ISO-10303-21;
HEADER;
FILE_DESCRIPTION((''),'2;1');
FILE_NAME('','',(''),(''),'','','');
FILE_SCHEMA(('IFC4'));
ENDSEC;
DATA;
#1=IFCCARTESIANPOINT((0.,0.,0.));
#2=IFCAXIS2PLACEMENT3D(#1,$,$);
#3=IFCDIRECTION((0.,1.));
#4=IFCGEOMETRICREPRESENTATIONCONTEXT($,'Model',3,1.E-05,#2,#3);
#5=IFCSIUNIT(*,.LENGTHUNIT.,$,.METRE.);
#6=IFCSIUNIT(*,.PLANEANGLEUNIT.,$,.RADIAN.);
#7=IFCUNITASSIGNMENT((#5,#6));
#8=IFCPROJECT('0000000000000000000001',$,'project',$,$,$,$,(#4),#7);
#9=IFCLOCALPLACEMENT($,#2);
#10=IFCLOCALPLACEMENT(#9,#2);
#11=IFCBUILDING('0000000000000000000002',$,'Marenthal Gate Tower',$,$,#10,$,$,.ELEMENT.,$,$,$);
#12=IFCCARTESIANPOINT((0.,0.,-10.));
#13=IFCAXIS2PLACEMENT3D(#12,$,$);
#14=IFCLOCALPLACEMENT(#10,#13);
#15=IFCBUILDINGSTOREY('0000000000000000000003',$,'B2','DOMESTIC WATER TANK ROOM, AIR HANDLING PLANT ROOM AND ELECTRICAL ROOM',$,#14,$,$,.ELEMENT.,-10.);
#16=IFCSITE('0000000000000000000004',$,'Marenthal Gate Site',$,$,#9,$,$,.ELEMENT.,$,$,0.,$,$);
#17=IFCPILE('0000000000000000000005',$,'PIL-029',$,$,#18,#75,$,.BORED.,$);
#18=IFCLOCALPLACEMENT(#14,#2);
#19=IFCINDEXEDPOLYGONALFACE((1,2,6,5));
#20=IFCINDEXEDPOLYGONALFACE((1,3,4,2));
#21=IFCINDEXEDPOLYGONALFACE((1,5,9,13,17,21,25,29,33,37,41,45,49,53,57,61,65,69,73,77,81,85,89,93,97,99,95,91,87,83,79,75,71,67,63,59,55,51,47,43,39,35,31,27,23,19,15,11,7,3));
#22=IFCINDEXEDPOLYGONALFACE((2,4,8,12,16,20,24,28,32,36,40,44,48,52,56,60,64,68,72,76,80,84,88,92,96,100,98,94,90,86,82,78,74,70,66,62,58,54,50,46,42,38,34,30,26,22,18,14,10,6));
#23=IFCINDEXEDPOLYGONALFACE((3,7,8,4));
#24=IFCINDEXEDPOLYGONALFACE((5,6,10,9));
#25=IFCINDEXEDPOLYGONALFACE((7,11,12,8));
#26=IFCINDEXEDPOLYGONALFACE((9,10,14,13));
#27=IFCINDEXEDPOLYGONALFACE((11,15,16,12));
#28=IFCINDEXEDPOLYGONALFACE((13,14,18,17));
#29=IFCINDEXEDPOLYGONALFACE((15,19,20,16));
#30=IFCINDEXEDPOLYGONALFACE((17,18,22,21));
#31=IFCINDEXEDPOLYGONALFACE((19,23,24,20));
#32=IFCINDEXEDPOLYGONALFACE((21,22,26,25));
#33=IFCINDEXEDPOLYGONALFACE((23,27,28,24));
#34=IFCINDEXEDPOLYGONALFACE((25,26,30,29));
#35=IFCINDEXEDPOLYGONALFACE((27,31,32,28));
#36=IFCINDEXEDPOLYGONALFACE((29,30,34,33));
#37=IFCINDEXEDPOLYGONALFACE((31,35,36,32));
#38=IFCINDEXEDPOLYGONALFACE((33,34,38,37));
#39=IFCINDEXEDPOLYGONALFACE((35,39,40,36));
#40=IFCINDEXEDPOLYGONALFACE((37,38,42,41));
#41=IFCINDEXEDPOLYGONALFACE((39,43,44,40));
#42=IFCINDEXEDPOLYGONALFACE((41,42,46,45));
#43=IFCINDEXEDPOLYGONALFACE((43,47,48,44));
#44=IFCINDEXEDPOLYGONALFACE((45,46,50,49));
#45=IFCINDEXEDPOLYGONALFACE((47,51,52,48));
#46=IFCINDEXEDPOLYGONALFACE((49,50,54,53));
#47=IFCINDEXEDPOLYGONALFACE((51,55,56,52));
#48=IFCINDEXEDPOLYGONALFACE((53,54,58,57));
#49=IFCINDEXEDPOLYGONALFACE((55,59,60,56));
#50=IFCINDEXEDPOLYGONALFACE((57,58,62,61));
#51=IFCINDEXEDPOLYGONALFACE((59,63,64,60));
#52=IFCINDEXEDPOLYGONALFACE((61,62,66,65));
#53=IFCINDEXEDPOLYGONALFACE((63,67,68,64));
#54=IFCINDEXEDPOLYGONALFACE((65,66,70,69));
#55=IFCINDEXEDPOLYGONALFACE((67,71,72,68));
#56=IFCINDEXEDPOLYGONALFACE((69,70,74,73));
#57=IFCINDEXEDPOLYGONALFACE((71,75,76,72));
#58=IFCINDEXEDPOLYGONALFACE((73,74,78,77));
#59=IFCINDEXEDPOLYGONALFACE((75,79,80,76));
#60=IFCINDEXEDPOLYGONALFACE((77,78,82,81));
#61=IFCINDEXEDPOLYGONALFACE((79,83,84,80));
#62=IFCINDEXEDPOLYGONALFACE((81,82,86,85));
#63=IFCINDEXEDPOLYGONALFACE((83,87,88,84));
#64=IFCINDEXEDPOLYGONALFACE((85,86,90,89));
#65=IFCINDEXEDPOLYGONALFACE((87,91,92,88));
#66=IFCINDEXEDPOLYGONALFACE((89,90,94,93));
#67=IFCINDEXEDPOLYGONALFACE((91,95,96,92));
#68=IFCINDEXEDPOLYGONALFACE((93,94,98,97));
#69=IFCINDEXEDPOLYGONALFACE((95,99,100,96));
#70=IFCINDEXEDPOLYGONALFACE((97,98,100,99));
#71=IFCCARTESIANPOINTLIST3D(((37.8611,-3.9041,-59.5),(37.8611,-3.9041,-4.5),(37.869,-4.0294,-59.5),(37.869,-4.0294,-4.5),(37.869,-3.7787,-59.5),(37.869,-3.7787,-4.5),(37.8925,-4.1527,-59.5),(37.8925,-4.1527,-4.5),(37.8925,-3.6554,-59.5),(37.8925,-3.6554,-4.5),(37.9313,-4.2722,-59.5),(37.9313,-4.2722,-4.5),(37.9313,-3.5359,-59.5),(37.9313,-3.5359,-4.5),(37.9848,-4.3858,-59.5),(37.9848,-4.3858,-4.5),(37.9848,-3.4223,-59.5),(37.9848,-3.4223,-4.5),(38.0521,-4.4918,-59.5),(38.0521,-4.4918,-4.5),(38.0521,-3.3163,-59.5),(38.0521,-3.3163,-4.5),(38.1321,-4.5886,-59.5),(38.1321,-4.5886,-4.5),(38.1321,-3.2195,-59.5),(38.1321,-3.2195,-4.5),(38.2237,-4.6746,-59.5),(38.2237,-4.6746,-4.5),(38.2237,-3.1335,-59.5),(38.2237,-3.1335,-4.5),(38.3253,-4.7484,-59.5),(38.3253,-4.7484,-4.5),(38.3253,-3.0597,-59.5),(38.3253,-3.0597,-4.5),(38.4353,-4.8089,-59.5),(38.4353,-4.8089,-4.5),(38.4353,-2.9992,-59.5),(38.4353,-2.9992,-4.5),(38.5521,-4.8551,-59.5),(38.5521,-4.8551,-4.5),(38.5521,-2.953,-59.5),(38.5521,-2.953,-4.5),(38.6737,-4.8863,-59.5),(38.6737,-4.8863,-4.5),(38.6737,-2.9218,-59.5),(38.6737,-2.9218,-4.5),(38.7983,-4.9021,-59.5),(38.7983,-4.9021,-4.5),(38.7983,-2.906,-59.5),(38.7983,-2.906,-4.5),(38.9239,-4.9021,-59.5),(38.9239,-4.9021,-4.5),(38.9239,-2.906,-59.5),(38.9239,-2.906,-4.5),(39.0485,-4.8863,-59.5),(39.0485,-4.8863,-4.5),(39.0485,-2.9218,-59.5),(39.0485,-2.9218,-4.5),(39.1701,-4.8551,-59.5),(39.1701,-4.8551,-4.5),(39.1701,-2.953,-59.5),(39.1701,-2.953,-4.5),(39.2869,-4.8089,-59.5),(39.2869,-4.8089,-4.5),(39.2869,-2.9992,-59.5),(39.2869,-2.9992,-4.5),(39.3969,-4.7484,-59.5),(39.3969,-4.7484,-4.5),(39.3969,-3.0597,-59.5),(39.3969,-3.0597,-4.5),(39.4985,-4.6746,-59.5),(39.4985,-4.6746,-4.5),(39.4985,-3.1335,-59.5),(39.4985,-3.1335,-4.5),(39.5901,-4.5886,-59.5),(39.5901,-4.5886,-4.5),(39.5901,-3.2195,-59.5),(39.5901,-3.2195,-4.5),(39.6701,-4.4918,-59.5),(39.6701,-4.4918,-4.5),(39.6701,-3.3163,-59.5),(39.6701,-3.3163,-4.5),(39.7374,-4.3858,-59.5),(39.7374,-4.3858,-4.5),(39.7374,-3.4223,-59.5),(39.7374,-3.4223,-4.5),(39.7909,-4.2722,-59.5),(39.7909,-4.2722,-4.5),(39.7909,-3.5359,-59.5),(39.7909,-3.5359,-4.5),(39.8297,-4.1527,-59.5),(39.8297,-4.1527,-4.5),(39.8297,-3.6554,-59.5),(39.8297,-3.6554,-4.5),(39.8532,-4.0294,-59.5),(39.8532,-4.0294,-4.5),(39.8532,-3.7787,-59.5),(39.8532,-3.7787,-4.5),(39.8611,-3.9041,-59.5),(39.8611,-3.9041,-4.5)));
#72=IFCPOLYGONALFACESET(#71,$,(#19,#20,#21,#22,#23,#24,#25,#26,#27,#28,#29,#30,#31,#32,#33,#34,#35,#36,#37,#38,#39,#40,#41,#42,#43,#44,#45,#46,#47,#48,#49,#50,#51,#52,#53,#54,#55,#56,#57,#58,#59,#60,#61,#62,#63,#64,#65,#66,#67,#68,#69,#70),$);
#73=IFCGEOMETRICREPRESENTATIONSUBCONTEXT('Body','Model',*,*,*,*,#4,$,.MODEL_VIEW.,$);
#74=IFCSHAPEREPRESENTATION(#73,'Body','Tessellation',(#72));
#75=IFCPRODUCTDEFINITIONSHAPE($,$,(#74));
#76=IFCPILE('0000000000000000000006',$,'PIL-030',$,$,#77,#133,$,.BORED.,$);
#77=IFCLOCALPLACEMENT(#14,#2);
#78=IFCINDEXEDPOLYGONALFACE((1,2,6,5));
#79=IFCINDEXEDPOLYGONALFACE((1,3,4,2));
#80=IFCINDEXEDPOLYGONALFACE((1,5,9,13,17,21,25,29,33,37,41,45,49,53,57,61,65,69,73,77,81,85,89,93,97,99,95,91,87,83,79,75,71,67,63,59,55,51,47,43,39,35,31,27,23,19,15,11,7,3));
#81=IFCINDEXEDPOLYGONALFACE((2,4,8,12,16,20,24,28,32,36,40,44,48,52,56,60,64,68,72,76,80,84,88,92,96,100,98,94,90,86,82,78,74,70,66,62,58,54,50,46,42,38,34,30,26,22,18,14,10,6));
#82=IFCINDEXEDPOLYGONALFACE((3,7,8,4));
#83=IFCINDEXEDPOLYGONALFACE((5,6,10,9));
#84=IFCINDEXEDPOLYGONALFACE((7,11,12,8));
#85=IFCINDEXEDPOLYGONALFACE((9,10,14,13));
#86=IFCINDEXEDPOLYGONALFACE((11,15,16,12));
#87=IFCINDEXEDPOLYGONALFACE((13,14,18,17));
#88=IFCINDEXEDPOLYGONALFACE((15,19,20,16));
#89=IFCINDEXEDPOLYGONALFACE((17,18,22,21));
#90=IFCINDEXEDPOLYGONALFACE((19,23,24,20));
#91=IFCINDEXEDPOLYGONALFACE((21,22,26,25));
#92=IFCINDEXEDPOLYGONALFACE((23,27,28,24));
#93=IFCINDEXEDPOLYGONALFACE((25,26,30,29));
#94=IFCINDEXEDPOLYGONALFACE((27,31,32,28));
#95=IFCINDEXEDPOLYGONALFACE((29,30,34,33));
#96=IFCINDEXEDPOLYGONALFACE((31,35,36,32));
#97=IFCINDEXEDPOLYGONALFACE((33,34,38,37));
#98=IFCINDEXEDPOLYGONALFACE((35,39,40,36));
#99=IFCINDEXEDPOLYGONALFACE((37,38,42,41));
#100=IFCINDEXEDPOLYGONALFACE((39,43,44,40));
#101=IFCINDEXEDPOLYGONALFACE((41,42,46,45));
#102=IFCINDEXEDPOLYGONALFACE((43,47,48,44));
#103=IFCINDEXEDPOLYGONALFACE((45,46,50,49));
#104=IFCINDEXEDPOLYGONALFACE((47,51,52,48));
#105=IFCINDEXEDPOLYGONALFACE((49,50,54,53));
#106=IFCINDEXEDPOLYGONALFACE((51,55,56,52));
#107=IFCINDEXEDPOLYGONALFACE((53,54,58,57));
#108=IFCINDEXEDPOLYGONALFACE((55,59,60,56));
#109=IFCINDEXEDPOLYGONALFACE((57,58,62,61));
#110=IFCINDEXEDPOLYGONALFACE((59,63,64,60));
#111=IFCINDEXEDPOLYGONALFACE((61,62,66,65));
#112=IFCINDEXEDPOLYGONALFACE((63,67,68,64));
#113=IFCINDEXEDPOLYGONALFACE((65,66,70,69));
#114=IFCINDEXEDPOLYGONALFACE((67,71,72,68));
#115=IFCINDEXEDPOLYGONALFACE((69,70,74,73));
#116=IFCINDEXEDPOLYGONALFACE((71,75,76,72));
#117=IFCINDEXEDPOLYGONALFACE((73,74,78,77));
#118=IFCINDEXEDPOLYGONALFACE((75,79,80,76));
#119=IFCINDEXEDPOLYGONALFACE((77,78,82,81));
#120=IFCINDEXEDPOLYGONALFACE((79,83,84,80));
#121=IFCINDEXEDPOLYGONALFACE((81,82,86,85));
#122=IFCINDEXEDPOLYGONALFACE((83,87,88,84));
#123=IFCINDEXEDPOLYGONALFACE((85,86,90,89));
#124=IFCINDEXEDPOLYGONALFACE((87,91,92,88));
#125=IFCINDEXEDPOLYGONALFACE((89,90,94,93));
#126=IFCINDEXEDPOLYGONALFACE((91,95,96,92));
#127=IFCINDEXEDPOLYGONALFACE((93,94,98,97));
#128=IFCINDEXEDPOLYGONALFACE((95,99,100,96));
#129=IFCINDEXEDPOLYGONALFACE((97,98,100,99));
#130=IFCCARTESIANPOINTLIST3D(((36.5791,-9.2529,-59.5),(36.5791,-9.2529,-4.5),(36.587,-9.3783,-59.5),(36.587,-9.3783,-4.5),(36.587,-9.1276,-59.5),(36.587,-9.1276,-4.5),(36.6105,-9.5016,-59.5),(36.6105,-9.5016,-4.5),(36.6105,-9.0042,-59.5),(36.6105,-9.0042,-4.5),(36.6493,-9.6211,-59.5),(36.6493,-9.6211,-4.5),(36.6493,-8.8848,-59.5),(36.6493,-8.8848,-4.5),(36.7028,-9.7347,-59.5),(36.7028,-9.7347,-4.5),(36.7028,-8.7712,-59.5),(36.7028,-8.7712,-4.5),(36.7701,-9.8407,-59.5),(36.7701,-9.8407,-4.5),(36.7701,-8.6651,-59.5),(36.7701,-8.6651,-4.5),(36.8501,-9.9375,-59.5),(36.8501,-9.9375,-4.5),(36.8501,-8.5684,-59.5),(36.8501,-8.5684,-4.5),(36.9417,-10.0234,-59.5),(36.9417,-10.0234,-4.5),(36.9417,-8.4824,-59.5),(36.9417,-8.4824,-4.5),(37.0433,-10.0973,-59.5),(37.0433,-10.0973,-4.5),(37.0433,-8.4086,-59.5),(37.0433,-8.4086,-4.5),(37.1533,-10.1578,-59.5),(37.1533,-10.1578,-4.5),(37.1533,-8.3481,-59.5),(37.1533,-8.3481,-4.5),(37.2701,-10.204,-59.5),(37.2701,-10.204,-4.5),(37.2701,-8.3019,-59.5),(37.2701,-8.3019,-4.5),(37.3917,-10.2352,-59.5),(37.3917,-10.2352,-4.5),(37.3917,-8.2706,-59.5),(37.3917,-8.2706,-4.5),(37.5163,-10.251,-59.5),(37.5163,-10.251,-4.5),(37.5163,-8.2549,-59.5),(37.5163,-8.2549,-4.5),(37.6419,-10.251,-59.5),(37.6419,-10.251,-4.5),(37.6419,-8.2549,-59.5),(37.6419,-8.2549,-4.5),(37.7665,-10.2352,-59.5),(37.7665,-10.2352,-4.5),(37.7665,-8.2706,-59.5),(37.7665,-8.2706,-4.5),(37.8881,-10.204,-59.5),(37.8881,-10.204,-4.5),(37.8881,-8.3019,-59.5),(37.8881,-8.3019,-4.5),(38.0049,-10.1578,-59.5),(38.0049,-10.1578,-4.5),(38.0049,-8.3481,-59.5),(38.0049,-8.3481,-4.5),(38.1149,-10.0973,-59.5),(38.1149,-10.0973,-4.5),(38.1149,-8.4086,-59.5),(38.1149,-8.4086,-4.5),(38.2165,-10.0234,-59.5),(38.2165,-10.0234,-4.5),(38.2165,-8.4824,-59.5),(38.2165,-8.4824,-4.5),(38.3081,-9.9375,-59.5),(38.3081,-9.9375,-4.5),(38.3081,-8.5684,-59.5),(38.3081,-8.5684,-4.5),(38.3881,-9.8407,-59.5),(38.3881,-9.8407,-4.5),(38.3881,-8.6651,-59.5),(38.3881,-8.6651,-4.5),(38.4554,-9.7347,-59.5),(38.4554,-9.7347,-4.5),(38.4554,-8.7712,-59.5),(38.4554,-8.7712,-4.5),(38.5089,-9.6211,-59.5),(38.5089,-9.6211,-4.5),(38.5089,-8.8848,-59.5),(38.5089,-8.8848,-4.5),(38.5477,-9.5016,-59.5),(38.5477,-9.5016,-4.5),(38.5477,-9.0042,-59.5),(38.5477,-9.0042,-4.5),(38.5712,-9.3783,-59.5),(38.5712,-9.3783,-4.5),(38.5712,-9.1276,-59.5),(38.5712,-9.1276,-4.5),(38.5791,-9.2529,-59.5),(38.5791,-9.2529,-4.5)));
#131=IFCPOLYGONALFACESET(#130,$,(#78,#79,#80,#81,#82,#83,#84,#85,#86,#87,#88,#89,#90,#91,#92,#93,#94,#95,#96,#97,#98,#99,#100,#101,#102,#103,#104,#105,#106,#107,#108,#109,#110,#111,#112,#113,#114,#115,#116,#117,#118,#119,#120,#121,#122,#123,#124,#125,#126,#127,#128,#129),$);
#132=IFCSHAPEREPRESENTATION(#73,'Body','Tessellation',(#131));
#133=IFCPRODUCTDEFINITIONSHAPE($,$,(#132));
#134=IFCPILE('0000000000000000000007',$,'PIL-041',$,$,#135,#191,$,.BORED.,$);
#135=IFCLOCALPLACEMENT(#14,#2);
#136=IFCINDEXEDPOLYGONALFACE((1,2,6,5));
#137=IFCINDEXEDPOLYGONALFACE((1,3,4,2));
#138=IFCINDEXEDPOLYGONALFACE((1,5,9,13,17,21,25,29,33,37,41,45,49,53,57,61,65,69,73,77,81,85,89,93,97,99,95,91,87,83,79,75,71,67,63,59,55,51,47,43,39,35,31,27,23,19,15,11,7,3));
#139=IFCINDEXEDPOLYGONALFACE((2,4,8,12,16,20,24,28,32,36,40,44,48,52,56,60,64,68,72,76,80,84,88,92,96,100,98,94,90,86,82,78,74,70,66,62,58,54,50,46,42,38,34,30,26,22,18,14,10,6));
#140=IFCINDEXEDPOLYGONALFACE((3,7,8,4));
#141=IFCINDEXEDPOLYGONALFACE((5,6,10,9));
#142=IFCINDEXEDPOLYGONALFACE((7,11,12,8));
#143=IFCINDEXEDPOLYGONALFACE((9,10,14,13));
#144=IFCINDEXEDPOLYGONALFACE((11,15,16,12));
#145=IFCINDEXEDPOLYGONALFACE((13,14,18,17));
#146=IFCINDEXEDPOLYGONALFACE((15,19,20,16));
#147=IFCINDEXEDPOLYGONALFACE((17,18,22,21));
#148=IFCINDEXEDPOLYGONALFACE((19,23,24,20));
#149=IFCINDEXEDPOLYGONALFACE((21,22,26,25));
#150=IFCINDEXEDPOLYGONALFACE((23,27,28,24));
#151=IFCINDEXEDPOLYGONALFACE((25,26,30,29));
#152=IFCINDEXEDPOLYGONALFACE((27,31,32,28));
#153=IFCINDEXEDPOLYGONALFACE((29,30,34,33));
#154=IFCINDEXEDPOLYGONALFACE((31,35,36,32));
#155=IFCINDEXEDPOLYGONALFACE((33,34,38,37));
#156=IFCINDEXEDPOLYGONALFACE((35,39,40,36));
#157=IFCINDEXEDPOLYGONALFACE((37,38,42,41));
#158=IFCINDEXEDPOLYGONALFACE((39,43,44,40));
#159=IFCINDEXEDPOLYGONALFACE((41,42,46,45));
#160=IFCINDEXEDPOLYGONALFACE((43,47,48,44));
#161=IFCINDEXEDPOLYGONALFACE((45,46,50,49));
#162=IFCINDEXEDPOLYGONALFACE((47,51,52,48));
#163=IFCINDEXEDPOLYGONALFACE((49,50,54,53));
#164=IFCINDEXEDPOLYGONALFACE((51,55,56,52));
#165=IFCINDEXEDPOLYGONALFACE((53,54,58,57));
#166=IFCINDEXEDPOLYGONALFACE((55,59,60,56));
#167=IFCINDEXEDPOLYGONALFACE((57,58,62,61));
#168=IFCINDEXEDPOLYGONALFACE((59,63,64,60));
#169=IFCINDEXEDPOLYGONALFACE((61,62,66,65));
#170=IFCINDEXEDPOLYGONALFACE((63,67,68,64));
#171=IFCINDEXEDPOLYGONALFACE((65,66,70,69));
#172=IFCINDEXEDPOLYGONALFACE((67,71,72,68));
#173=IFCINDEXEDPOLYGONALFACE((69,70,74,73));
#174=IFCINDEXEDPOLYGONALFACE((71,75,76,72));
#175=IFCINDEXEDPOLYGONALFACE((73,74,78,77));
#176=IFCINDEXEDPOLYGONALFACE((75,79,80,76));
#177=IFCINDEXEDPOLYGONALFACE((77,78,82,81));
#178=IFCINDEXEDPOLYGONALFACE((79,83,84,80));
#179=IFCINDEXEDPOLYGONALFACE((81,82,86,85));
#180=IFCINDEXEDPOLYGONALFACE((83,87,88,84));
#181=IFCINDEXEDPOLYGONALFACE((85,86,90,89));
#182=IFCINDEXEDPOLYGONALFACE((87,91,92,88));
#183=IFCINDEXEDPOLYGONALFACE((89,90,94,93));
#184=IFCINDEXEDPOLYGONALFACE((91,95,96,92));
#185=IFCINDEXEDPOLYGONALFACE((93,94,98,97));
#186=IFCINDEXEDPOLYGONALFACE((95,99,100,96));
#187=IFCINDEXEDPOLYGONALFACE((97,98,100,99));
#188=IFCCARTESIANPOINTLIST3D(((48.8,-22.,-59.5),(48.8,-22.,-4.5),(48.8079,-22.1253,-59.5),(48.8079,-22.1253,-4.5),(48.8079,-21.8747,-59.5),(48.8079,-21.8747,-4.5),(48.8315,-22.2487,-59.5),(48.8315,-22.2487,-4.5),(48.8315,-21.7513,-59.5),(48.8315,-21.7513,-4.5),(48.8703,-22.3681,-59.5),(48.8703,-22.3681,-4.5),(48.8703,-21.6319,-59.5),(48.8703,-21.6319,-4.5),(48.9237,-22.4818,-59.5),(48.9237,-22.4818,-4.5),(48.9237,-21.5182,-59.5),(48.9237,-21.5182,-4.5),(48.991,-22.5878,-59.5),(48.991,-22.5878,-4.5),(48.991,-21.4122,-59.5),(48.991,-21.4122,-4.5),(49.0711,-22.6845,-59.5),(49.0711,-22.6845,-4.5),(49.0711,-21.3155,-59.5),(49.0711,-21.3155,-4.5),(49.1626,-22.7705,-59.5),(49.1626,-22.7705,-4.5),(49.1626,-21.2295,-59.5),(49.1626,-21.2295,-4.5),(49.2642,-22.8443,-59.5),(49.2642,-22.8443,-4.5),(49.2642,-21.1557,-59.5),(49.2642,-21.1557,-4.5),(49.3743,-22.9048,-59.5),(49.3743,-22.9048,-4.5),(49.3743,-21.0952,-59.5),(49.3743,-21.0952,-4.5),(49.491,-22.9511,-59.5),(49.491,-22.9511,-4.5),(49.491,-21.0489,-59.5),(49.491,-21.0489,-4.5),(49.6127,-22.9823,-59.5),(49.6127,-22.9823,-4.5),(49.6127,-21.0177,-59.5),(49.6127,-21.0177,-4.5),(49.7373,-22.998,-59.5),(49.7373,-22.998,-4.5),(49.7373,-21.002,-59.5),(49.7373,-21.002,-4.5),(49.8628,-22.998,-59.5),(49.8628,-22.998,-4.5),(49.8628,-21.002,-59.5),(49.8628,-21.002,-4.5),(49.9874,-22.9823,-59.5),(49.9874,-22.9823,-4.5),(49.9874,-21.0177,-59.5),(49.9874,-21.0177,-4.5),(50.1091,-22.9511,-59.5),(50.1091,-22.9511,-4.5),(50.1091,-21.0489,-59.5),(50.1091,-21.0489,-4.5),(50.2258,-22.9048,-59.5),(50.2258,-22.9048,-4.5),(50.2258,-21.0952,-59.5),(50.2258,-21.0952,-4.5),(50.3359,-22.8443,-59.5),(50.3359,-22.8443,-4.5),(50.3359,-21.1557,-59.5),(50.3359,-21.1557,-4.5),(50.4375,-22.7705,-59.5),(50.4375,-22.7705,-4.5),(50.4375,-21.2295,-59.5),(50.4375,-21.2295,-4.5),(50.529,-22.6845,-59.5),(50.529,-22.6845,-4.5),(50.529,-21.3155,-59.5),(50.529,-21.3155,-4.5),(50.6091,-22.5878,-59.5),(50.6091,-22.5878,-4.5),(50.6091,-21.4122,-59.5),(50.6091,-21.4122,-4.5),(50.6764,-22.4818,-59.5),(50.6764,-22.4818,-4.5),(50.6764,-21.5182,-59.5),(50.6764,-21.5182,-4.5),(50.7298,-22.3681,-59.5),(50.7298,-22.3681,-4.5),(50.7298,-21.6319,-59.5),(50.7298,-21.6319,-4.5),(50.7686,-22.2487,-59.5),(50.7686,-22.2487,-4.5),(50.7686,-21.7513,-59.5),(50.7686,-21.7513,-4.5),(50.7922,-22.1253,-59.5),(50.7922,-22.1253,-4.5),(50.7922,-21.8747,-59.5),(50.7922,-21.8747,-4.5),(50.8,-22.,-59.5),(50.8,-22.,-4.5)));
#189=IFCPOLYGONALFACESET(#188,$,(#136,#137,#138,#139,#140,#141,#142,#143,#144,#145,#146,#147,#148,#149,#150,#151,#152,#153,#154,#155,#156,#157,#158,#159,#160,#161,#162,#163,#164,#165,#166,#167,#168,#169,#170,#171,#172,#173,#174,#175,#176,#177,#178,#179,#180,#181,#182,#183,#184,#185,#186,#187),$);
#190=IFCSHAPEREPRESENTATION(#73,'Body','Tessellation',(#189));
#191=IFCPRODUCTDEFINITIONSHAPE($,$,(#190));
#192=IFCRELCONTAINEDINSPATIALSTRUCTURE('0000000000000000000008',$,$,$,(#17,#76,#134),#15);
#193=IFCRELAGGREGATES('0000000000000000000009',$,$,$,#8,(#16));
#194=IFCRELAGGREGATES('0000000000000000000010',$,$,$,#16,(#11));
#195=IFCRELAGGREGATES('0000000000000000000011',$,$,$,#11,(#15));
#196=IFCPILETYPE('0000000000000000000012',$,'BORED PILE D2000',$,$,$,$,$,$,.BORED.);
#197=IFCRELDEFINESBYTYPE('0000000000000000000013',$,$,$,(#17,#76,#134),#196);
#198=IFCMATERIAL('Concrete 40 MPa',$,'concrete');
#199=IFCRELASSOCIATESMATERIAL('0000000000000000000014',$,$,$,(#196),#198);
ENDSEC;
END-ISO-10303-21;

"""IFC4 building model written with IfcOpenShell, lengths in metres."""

from ifc_helpers import new_model, si_unit, direction, frame, origin, origin_2d, place, context, subcontext, project, spatial, circle, extrude, material, type_object, element, save


model = new_model("IFC4")

# Units and contexts
model_context = context("Model", 3, precision=1e-05, world=origin(), true_north=direction((0.0, 1.0)))
body_context = subcontext(model_context, "Body", "Model", "MODEL_VIEW")
ifc_project = project(units=[si_unit("LENGTHUNIT", "METRE"), si_unit("PLANEANGLEUNIT", "RADIAN")], contexts=[model_context])

# Site, building, storey
site_placement = place(None, origin())
site = spatial("IfcSite", under=ifc_project, at=site_placement, Name="Marenthal Gate Site", CompositionType="ELEMENT", RefElevation=0.0)
building_placement = place(site_placement, origin())
building = spatial("IfcBuilding", under=site, at=building_placement, Name="Marenthal Gate Tower", CompositionType="ELEMENT")
storey_placement = place(building_placement, frame((0.0, 0.0, -10.0)))
storey = spatial("IfcBuildingStorey", under=building, at=storey_placement, Name="B2", Description="DOMESTIC WATER TANK ROOM, AIR HANDLING PLANT ROOM AND ELECTRICAL ROOM", CompositionType="ELEMENT", Elevation=-10.0)

# Piles
ifc_material_1 = material(Name="Concrete 40 MPa", Category="concrete")
pile_type = type_object("IfcPileType", Name="BORED PILE D2000", PredefinedType="BORED", material=ifc_material_1)
for number, where, z_axis, x_axis, name in (
    (1, (38.8611, -3.9041, -4.5), (0.0, 0.0, -1.0), (1.0, 0.0, 0.0), "PIL-029"),
    (2, (37.5791, -9.2529, -4.5), (0.0, 0.0, -1.0), (1.0, 0.0, 0.0), "PIL-030"),
    (3, (49.8, -22.0, -4.5), (0.0, 0.0, -1.0), (1.0, 0.0, 0.0), "PIL-041"),
):
    element("IfcPile", number, at=place(storey_placement, frame(where, z_axis=z_axis, x_axis=x_axis)), inside=storey, type_object=pile_type, Name=name, PredefinedType="BORED", context=body_context, shape_type="SweptSolid", body=[
        extrude(circle(Radius=1.0, at=origin_2d()), origin(), (0.0, 0.0, 1.0), 55.0),
    ])

save(model, "model.ifc")
